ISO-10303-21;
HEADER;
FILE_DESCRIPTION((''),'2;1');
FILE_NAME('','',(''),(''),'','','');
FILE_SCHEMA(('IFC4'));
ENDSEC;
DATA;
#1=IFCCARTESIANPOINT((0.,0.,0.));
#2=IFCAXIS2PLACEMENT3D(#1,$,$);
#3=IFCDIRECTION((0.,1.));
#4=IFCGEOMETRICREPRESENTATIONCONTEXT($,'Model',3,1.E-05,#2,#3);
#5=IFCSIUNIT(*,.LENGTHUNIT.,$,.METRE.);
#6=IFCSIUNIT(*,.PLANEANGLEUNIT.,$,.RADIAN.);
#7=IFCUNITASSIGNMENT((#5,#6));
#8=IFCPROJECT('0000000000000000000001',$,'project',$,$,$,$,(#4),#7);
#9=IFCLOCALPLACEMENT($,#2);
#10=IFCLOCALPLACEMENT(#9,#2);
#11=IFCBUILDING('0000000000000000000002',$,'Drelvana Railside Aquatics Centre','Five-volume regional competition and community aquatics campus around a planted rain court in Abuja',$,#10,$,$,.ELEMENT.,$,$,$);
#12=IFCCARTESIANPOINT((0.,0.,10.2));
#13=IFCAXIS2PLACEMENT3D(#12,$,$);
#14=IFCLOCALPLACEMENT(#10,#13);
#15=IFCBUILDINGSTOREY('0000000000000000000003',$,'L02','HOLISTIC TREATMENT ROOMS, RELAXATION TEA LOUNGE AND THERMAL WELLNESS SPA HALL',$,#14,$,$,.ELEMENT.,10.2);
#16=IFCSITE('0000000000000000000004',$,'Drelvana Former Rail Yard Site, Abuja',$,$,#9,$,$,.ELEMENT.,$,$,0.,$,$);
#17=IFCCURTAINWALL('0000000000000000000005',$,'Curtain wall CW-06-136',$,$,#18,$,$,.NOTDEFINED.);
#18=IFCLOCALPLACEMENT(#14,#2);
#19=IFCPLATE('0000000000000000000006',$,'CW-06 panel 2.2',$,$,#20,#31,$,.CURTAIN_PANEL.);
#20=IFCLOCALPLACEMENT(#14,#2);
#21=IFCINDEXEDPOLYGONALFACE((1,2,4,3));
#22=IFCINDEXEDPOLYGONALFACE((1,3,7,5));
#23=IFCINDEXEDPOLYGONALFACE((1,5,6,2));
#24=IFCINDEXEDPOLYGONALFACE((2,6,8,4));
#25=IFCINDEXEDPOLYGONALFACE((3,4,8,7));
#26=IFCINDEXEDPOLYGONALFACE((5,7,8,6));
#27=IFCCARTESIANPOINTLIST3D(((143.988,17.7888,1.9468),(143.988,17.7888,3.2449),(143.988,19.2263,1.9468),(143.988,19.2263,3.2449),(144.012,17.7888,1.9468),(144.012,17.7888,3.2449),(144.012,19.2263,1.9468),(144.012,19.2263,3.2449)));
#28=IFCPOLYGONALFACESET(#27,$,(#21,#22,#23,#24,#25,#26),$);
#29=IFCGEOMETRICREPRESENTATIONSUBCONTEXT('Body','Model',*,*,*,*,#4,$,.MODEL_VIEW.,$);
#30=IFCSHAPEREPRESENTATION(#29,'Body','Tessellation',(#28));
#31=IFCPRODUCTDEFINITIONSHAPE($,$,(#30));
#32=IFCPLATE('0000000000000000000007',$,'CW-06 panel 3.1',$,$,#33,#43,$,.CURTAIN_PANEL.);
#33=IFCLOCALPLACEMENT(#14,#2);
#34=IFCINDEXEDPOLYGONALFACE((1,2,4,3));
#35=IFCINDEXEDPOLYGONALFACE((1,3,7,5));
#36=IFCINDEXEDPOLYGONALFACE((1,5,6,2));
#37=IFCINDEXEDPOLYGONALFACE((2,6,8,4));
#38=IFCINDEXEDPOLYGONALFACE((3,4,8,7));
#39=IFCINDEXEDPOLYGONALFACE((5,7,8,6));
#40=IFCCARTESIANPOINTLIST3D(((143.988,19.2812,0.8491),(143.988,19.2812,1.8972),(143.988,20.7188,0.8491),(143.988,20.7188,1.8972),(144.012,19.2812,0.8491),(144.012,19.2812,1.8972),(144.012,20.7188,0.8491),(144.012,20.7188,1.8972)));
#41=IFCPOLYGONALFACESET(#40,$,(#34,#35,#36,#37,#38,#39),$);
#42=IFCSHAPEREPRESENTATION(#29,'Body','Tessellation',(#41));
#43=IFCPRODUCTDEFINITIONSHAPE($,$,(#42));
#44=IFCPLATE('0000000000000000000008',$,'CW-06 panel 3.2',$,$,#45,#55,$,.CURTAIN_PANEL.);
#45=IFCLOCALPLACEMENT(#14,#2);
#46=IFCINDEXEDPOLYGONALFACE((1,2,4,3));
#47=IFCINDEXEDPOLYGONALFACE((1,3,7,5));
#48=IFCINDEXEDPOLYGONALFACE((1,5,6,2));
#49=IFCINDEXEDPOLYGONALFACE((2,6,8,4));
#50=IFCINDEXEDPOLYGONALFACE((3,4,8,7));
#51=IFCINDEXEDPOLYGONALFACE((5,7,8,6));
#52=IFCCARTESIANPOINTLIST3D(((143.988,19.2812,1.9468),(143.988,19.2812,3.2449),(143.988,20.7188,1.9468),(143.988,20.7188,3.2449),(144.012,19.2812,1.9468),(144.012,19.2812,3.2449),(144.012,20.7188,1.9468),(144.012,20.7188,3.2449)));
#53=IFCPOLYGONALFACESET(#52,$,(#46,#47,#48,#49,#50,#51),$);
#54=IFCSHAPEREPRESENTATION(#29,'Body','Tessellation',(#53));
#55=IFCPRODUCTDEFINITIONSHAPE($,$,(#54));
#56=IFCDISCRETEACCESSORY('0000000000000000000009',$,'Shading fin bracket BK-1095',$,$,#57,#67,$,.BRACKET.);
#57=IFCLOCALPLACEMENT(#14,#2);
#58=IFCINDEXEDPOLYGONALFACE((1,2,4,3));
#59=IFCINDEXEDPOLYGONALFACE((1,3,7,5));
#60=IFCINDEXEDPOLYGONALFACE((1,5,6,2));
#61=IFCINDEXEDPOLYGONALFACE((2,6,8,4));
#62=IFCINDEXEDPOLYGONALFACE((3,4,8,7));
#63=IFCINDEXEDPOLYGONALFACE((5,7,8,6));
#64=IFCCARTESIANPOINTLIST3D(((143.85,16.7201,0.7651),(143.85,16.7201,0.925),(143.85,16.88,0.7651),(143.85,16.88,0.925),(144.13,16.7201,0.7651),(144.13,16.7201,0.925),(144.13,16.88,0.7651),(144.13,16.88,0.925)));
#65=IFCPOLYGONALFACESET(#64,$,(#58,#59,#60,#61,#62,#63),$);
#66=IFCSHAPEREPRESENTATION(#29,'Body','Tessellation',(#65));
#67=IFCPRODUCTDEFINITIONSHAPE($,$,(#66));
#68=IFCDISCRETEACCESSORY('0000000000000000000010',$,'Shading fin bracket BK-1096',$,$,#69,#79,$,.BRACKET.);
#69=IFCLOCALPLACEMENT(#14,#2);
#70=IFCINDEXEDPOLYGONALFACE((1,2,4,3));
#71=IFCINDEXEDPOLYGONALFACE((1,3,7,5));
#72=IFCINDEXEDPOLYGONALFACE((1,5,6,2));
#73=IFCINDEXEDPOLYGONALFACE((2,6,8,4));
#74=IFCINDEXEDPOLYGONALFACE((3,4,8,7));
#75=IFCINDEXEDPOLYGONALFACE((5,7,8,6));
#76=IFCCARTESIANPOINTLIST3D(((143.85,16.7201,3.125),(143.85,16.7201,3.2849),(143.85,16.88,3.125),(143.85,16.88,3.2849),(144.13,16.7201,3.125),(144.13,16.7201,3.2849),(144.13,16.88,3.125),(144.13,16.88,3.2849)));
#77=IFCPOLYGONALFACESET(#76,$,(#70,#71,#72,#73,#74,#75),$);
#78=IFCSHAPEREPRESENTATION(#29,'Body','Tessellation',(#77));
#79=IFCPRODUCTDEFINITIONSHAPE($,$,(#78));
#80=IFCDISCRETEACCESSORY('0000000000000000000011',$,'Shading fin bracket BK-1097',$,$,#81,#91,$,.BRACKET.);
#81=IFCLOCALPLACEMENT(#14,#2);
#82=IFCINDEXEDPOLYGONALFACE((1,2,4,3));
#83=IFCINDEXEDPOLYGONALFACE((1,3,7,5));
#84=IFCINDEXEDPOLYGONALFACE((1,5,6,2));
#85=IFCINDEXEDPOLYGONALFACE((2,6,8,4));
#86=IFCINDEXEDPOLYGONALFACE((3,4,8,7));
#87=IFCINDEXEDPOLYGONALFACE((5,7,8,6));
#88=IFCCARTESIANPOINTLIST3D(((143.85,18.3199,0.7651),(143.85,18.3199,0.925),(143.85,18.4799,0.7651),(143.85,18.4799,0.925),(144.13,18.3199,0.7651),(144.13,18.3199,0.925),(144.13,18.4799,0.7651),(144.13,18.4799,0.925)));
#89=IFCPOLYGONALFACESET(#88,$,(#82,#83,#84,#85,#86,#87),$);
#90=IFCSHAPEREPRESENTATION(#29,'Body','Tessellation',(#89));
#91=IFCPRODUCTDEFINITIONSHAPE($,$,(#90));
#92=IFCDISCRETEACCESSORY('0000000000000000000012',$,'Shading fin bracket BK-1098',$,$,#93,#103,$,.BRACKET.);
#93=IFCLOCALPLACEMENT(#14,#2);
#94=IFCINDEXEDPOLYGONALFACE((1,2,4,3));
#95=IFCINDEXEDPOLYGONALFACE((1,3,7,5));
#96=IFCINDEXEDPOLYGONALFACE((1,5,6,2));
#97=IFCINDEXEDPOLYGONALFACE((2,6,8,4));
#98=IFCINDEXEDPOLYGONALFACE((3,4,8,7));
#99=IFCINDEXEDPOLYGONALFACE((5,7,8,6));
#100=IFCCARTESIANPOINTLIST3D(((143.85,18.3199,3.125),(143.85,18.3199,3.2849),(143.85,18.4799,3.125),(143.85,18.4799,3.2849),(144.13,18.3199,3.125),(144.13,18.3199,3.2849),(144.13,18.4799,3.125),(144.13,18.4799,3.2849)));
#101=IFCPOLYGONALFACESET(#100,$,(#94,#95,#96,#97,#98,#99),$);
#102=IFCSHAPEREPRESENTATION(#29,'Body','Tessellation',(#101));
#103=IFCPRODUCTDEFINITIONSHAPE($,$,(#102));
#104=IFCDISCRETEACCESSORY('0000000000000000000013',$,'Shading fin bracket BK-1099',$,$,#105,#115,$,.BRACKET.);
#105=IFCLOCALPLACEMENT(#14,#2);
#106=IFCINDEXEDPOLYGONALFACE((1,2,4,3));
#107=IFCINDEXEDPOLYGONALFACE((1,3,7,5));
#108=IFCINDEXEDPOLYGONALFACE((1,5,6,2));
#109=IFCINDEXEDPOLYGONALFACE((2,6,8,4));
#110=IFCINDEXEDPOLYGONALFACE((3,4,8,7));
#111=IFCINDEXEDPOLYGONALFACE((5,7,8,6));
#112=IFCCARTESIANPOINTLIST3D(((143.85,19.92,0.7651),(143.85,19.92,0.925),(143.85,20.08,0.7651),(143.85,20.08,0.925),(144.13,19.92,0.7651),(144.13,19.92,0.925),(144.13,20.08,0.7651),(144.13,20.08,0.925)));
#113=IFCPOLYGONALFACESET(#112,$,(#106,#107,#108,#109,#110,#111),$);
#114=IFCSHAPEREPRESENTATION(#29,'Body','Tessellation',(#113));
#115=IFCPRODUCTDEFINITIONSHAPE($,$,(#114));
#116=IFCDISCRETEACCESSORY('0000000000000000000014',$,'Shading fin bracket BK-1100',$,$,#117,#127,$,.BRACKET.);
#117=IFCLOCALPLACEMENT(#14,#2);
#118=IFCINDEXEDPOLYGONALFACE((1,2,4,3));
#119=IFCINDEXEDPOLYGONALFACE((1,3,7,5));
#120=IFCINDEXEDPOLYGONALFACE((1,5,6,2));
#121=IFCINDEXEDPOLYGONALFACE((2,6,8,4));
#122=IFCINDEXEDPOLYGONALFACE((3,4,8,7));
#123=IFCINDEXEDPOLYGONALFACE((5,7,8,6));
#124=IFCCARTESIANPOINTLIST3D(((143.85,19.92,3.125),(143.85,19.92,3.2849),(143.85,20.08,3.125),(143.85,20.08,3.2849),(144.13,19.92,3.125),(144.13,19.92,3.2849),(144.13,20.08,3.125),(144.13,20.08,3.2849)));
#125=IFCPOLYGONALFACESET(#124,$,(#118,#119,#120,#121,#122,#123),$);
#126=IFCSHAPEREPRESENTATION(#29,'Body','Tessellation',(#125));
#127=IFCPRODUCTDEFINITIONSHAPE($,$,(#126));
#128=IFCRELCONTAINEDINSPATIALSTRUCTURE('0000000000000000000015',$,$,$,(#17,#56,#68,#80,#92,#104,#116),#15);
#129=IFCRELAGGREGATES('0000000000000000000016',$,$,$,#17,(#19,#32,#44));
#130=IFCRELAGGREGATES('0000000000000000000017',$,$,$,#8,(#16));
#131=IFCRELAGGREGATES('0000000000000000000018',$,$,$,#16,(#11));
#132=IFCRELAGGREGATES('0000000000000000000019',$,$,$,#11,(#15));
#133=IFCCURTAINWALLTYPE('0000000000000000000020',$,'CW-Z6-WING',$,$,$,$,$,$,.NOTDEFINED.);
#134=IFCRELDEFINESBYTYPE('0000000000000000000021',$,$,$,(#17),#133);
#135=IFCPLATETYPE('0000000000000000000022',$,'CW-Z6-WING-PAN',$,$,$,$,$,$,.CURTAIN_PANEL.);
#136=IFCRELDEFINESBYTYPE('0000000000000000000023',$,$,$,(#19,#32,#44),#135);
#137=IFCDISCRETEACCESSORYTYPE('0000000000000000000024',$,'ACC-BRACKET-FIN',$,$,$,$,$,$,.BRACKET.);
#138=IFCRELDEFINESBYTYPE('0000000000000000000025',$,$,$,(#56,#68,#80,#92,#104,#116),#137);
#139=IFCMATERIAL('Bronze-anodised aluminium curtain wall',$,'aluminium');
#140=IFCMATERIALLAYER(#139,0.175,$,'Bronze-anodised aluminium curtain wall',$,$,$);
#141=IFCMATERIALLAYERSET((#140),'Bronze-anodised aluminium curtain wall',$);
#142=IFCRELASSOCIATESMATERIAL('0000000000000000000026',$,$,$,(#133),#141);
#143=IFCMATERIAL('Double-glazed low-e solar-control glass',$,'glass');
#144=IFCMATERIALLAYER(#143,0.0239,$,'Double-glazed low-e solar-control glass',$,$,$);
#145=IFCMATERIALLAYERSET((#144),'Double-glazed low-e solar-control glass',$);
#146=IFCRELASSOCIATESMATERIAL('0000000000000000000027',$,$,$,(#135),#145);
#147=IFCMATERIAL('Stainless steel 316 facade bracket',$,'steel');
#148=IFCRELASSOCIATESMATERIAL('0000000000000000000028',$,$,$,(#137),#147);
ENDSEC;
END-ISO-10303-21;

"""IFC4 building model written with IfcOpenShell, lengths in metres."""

from ifc_helpers import new_model, si_unit, direction, frame, origin, origin_2d, place, context, subcontext, project, spatial, rectangle, extrude, material, layer, layer_set, type_object, element, aggregate, save


model = new_model("IFC4")

# Units and contexts
model_context = context("Model", 3, precision=1e-05, world=origin(), true_north=direction((0.0, 1.0)))
body_context = subcontext(model_context, "Body", "Model", "MODEL_VIEW")
ifc_project = project(units=[si_unit("LENGTHUNIT", "METRE"), si_unit("PLANEANGLEUNIT", "RADIAN")], contexts=[model_context])

# Site, building, storey
site_placement = place(None, origin())
site = spatial("IfcSite", under=ifc_project, at=site_placement, Name="Drelvana Former Rail Yard Site, Abuja", CompositionType="ELEMENT", RefElevation=0.0)
building_placement = place(site_placement, origin())
building = spatial("IfcBuilding", under=site, at=building_placement, Name="Drelvana Railside Aquatics Centre", Description="Five-volume regional competition and community aquatics campus around a planted rain court in Abuja", CompositionType="ELEMENT")
storey_placement = place(building_placement, frame((0.0, 0.0, 10.2)))
storey = spatial("IfcBuildingStorey", under=building, at=storey_placement, Name="L02", Description="HOLISTIC TREATMENT ROOMS, RELAXATION TEA LOUNGE AND THERMAL WELLNESS SPA HALL", CompositionType="ELEMENT", Elevation=10.2)

# Curtain wall, plates
ifc_material_1 = material(Name="Bronze-anodised aluminium curtain wall", Category="aluminium")
ifc_layer_1 = layer(ifc_material_1, 0.175, Name="Bronze-anodised aluminium curtain wall")
ifc_layer_set_1 = layer_set([ifc_layer_1], Name="Bronze-anodised aluminium curtain wall")
curtain_wall_type = type_object("IfcCurtainWallType", Name="CW-Z6-WING", PredefinedType="NOTDEFINED", material=ifc_layer_set_1)
curtain_wall_placement = place(storey_placement, origin())
curtain_wall = element("IfcCurtainWall", 1, at=curtain_wall_placement, inside=storey, type_object=curtain_wall_type, Name="Curtain wall CW-06-136", PredefinedType="NOTDEFINED")
ifc_material_2 = material(Name="Double-glazed low-e solar-control glass", Category="glass")
ifc_layer_2 = layer(ifc_material_2, 0.0239, Name="Double-glazed low-e solar-control glass")
ifc_layer_set_2 = layer_set([ifc_layer_2], Name="Double-glazed low-e solar-control glass")
plate_type = type_object("IfcPlateType", Name="CW-Z6-WING-PAN", PredefinedType="CURTAIN_PANEL", material=ifc_layer_set_2)
plate_1_placement = place(storey_placement, frame((144.0, 18.5076, 1.9468), z_axis=(0.0, 0.0, 1.0), x_axis=(0.0, 1.0, 0.0)))
plate_1 = element("IfcPlate", 2, at=plate_1_placement, type_object=plate_type, Name="CW-06 panel 2.2", PredefinedType="CURTAIN_PANEL", context=body_context, shape_type="SweptSolid", body=[
    extrude(rectangle(XDim=1.4375, YDim=0.0239, at=origin_2d()), origin(), (0.0, 0.0, 1.0), 1.2981),
])
plate_2_placement = place(storey_placement, frame((144.0, 20.0, 0.8491), z_axis=(0.0, 0.0, 1.0), x_axis=(0.0, 1.0, 0.0)))
plate_2 = element("IfcPlate", 3, at=plate_2_placement, type_object=plate_type, Name="CW-06 panel 3.1", PredefinedType="CURTAIN_PANEL", context=body_context, shape_type="SweptSolid", body=[
    extrude(rectangle(XDim=1.4375, YDim=0.0239, at=origin_2d()), origin(), (0.0, 0.0, 1.0), 1.0481),
])
plate_3_placement = place(storey_placement, frame((144.0, 20.0, 1.9468), z_axis=(0.0, 0.0, 1.0), x_axis=(0.0, 1.0, 0.0)))
plate_3 = element("IfcPlate", 4, at=plate_3_placement, type_object=plate_type, Name="CW-06 panel 3.2", PredefinedType="CURTAIN_PANEL", context=body_context, shape_type="SweptSolid", body=[
    extrude(rectangle(XDim=1.4375, YDim=0.0239, at=origin_2d()), origin(), (0.0, 0.0, 1.0), 1.2981),
])
aggregate(curtain_wall, [plate_1, plate_2, plate_3])

# Discrete accessories
ifc_material_3 = material(Name="Stainless steel 316 facade bracket", Category="steel")
discrete_accessory_type = type_object("IfcDiscreteAccessoryType", Name="ACC-BRACKET-FIN", PredefinedType="BRACKET", material=ifc_material_3)
for number, where, z_axis, x_axis, name in (
    (5, (143.99, 16.8, 0.7651), (0.0, 0.0, 1.0), (-1.0, 0.0, 0.0), "Shading fin bracket BK-1095"),
    (6, (143.99, 16.8, 3.125), (0.0, 0.0, 1.0), (-1.0, 0.0, 0.0), "Shading fin bracket BK-1096"),
    (7, (143.99, 18.3999, 0.7651), (0.0, 0.0, 1.0), (-1.0, 0.0, 0.0), "Shading fin bracket BK-1097"),
    (8, (143.99, 18.3999, 3.125), (0.0, 0.0, 1.0), (-1.0, 0.0, 0.0), "Shading fin bracket BK-1098"),
    (9, (143.99, 20.0, 0.7651), (0.0, 0.0, 1.0), (-1.0, 0.0, 0.0), "Shading fin bracket BK-1099"),
    (10, (143.99, 20.0, 3.125), (0.0, 0.0, 1.0), (-1.0, 0.0, 0.0), "Shading fin bracket BK-1100"),
):
    element("IfcDiscreteAccessory", number, at=place(storey_placement, frame(where, z_axis=z_axis, x_axis=x_axis)), inside=storey, type_object=discrete_accessory_type, Name=name, PredefinedType="BRACKET", context=body_context, shape_type="SweptSolid", body=[
        extrude(rectangle(XDim=0.28, YDim=0.1599, at=origin_2d()), origin(), (0.0, 0.0, 1.0), 0.1599),
    ])

save(model, "model.ifc")
